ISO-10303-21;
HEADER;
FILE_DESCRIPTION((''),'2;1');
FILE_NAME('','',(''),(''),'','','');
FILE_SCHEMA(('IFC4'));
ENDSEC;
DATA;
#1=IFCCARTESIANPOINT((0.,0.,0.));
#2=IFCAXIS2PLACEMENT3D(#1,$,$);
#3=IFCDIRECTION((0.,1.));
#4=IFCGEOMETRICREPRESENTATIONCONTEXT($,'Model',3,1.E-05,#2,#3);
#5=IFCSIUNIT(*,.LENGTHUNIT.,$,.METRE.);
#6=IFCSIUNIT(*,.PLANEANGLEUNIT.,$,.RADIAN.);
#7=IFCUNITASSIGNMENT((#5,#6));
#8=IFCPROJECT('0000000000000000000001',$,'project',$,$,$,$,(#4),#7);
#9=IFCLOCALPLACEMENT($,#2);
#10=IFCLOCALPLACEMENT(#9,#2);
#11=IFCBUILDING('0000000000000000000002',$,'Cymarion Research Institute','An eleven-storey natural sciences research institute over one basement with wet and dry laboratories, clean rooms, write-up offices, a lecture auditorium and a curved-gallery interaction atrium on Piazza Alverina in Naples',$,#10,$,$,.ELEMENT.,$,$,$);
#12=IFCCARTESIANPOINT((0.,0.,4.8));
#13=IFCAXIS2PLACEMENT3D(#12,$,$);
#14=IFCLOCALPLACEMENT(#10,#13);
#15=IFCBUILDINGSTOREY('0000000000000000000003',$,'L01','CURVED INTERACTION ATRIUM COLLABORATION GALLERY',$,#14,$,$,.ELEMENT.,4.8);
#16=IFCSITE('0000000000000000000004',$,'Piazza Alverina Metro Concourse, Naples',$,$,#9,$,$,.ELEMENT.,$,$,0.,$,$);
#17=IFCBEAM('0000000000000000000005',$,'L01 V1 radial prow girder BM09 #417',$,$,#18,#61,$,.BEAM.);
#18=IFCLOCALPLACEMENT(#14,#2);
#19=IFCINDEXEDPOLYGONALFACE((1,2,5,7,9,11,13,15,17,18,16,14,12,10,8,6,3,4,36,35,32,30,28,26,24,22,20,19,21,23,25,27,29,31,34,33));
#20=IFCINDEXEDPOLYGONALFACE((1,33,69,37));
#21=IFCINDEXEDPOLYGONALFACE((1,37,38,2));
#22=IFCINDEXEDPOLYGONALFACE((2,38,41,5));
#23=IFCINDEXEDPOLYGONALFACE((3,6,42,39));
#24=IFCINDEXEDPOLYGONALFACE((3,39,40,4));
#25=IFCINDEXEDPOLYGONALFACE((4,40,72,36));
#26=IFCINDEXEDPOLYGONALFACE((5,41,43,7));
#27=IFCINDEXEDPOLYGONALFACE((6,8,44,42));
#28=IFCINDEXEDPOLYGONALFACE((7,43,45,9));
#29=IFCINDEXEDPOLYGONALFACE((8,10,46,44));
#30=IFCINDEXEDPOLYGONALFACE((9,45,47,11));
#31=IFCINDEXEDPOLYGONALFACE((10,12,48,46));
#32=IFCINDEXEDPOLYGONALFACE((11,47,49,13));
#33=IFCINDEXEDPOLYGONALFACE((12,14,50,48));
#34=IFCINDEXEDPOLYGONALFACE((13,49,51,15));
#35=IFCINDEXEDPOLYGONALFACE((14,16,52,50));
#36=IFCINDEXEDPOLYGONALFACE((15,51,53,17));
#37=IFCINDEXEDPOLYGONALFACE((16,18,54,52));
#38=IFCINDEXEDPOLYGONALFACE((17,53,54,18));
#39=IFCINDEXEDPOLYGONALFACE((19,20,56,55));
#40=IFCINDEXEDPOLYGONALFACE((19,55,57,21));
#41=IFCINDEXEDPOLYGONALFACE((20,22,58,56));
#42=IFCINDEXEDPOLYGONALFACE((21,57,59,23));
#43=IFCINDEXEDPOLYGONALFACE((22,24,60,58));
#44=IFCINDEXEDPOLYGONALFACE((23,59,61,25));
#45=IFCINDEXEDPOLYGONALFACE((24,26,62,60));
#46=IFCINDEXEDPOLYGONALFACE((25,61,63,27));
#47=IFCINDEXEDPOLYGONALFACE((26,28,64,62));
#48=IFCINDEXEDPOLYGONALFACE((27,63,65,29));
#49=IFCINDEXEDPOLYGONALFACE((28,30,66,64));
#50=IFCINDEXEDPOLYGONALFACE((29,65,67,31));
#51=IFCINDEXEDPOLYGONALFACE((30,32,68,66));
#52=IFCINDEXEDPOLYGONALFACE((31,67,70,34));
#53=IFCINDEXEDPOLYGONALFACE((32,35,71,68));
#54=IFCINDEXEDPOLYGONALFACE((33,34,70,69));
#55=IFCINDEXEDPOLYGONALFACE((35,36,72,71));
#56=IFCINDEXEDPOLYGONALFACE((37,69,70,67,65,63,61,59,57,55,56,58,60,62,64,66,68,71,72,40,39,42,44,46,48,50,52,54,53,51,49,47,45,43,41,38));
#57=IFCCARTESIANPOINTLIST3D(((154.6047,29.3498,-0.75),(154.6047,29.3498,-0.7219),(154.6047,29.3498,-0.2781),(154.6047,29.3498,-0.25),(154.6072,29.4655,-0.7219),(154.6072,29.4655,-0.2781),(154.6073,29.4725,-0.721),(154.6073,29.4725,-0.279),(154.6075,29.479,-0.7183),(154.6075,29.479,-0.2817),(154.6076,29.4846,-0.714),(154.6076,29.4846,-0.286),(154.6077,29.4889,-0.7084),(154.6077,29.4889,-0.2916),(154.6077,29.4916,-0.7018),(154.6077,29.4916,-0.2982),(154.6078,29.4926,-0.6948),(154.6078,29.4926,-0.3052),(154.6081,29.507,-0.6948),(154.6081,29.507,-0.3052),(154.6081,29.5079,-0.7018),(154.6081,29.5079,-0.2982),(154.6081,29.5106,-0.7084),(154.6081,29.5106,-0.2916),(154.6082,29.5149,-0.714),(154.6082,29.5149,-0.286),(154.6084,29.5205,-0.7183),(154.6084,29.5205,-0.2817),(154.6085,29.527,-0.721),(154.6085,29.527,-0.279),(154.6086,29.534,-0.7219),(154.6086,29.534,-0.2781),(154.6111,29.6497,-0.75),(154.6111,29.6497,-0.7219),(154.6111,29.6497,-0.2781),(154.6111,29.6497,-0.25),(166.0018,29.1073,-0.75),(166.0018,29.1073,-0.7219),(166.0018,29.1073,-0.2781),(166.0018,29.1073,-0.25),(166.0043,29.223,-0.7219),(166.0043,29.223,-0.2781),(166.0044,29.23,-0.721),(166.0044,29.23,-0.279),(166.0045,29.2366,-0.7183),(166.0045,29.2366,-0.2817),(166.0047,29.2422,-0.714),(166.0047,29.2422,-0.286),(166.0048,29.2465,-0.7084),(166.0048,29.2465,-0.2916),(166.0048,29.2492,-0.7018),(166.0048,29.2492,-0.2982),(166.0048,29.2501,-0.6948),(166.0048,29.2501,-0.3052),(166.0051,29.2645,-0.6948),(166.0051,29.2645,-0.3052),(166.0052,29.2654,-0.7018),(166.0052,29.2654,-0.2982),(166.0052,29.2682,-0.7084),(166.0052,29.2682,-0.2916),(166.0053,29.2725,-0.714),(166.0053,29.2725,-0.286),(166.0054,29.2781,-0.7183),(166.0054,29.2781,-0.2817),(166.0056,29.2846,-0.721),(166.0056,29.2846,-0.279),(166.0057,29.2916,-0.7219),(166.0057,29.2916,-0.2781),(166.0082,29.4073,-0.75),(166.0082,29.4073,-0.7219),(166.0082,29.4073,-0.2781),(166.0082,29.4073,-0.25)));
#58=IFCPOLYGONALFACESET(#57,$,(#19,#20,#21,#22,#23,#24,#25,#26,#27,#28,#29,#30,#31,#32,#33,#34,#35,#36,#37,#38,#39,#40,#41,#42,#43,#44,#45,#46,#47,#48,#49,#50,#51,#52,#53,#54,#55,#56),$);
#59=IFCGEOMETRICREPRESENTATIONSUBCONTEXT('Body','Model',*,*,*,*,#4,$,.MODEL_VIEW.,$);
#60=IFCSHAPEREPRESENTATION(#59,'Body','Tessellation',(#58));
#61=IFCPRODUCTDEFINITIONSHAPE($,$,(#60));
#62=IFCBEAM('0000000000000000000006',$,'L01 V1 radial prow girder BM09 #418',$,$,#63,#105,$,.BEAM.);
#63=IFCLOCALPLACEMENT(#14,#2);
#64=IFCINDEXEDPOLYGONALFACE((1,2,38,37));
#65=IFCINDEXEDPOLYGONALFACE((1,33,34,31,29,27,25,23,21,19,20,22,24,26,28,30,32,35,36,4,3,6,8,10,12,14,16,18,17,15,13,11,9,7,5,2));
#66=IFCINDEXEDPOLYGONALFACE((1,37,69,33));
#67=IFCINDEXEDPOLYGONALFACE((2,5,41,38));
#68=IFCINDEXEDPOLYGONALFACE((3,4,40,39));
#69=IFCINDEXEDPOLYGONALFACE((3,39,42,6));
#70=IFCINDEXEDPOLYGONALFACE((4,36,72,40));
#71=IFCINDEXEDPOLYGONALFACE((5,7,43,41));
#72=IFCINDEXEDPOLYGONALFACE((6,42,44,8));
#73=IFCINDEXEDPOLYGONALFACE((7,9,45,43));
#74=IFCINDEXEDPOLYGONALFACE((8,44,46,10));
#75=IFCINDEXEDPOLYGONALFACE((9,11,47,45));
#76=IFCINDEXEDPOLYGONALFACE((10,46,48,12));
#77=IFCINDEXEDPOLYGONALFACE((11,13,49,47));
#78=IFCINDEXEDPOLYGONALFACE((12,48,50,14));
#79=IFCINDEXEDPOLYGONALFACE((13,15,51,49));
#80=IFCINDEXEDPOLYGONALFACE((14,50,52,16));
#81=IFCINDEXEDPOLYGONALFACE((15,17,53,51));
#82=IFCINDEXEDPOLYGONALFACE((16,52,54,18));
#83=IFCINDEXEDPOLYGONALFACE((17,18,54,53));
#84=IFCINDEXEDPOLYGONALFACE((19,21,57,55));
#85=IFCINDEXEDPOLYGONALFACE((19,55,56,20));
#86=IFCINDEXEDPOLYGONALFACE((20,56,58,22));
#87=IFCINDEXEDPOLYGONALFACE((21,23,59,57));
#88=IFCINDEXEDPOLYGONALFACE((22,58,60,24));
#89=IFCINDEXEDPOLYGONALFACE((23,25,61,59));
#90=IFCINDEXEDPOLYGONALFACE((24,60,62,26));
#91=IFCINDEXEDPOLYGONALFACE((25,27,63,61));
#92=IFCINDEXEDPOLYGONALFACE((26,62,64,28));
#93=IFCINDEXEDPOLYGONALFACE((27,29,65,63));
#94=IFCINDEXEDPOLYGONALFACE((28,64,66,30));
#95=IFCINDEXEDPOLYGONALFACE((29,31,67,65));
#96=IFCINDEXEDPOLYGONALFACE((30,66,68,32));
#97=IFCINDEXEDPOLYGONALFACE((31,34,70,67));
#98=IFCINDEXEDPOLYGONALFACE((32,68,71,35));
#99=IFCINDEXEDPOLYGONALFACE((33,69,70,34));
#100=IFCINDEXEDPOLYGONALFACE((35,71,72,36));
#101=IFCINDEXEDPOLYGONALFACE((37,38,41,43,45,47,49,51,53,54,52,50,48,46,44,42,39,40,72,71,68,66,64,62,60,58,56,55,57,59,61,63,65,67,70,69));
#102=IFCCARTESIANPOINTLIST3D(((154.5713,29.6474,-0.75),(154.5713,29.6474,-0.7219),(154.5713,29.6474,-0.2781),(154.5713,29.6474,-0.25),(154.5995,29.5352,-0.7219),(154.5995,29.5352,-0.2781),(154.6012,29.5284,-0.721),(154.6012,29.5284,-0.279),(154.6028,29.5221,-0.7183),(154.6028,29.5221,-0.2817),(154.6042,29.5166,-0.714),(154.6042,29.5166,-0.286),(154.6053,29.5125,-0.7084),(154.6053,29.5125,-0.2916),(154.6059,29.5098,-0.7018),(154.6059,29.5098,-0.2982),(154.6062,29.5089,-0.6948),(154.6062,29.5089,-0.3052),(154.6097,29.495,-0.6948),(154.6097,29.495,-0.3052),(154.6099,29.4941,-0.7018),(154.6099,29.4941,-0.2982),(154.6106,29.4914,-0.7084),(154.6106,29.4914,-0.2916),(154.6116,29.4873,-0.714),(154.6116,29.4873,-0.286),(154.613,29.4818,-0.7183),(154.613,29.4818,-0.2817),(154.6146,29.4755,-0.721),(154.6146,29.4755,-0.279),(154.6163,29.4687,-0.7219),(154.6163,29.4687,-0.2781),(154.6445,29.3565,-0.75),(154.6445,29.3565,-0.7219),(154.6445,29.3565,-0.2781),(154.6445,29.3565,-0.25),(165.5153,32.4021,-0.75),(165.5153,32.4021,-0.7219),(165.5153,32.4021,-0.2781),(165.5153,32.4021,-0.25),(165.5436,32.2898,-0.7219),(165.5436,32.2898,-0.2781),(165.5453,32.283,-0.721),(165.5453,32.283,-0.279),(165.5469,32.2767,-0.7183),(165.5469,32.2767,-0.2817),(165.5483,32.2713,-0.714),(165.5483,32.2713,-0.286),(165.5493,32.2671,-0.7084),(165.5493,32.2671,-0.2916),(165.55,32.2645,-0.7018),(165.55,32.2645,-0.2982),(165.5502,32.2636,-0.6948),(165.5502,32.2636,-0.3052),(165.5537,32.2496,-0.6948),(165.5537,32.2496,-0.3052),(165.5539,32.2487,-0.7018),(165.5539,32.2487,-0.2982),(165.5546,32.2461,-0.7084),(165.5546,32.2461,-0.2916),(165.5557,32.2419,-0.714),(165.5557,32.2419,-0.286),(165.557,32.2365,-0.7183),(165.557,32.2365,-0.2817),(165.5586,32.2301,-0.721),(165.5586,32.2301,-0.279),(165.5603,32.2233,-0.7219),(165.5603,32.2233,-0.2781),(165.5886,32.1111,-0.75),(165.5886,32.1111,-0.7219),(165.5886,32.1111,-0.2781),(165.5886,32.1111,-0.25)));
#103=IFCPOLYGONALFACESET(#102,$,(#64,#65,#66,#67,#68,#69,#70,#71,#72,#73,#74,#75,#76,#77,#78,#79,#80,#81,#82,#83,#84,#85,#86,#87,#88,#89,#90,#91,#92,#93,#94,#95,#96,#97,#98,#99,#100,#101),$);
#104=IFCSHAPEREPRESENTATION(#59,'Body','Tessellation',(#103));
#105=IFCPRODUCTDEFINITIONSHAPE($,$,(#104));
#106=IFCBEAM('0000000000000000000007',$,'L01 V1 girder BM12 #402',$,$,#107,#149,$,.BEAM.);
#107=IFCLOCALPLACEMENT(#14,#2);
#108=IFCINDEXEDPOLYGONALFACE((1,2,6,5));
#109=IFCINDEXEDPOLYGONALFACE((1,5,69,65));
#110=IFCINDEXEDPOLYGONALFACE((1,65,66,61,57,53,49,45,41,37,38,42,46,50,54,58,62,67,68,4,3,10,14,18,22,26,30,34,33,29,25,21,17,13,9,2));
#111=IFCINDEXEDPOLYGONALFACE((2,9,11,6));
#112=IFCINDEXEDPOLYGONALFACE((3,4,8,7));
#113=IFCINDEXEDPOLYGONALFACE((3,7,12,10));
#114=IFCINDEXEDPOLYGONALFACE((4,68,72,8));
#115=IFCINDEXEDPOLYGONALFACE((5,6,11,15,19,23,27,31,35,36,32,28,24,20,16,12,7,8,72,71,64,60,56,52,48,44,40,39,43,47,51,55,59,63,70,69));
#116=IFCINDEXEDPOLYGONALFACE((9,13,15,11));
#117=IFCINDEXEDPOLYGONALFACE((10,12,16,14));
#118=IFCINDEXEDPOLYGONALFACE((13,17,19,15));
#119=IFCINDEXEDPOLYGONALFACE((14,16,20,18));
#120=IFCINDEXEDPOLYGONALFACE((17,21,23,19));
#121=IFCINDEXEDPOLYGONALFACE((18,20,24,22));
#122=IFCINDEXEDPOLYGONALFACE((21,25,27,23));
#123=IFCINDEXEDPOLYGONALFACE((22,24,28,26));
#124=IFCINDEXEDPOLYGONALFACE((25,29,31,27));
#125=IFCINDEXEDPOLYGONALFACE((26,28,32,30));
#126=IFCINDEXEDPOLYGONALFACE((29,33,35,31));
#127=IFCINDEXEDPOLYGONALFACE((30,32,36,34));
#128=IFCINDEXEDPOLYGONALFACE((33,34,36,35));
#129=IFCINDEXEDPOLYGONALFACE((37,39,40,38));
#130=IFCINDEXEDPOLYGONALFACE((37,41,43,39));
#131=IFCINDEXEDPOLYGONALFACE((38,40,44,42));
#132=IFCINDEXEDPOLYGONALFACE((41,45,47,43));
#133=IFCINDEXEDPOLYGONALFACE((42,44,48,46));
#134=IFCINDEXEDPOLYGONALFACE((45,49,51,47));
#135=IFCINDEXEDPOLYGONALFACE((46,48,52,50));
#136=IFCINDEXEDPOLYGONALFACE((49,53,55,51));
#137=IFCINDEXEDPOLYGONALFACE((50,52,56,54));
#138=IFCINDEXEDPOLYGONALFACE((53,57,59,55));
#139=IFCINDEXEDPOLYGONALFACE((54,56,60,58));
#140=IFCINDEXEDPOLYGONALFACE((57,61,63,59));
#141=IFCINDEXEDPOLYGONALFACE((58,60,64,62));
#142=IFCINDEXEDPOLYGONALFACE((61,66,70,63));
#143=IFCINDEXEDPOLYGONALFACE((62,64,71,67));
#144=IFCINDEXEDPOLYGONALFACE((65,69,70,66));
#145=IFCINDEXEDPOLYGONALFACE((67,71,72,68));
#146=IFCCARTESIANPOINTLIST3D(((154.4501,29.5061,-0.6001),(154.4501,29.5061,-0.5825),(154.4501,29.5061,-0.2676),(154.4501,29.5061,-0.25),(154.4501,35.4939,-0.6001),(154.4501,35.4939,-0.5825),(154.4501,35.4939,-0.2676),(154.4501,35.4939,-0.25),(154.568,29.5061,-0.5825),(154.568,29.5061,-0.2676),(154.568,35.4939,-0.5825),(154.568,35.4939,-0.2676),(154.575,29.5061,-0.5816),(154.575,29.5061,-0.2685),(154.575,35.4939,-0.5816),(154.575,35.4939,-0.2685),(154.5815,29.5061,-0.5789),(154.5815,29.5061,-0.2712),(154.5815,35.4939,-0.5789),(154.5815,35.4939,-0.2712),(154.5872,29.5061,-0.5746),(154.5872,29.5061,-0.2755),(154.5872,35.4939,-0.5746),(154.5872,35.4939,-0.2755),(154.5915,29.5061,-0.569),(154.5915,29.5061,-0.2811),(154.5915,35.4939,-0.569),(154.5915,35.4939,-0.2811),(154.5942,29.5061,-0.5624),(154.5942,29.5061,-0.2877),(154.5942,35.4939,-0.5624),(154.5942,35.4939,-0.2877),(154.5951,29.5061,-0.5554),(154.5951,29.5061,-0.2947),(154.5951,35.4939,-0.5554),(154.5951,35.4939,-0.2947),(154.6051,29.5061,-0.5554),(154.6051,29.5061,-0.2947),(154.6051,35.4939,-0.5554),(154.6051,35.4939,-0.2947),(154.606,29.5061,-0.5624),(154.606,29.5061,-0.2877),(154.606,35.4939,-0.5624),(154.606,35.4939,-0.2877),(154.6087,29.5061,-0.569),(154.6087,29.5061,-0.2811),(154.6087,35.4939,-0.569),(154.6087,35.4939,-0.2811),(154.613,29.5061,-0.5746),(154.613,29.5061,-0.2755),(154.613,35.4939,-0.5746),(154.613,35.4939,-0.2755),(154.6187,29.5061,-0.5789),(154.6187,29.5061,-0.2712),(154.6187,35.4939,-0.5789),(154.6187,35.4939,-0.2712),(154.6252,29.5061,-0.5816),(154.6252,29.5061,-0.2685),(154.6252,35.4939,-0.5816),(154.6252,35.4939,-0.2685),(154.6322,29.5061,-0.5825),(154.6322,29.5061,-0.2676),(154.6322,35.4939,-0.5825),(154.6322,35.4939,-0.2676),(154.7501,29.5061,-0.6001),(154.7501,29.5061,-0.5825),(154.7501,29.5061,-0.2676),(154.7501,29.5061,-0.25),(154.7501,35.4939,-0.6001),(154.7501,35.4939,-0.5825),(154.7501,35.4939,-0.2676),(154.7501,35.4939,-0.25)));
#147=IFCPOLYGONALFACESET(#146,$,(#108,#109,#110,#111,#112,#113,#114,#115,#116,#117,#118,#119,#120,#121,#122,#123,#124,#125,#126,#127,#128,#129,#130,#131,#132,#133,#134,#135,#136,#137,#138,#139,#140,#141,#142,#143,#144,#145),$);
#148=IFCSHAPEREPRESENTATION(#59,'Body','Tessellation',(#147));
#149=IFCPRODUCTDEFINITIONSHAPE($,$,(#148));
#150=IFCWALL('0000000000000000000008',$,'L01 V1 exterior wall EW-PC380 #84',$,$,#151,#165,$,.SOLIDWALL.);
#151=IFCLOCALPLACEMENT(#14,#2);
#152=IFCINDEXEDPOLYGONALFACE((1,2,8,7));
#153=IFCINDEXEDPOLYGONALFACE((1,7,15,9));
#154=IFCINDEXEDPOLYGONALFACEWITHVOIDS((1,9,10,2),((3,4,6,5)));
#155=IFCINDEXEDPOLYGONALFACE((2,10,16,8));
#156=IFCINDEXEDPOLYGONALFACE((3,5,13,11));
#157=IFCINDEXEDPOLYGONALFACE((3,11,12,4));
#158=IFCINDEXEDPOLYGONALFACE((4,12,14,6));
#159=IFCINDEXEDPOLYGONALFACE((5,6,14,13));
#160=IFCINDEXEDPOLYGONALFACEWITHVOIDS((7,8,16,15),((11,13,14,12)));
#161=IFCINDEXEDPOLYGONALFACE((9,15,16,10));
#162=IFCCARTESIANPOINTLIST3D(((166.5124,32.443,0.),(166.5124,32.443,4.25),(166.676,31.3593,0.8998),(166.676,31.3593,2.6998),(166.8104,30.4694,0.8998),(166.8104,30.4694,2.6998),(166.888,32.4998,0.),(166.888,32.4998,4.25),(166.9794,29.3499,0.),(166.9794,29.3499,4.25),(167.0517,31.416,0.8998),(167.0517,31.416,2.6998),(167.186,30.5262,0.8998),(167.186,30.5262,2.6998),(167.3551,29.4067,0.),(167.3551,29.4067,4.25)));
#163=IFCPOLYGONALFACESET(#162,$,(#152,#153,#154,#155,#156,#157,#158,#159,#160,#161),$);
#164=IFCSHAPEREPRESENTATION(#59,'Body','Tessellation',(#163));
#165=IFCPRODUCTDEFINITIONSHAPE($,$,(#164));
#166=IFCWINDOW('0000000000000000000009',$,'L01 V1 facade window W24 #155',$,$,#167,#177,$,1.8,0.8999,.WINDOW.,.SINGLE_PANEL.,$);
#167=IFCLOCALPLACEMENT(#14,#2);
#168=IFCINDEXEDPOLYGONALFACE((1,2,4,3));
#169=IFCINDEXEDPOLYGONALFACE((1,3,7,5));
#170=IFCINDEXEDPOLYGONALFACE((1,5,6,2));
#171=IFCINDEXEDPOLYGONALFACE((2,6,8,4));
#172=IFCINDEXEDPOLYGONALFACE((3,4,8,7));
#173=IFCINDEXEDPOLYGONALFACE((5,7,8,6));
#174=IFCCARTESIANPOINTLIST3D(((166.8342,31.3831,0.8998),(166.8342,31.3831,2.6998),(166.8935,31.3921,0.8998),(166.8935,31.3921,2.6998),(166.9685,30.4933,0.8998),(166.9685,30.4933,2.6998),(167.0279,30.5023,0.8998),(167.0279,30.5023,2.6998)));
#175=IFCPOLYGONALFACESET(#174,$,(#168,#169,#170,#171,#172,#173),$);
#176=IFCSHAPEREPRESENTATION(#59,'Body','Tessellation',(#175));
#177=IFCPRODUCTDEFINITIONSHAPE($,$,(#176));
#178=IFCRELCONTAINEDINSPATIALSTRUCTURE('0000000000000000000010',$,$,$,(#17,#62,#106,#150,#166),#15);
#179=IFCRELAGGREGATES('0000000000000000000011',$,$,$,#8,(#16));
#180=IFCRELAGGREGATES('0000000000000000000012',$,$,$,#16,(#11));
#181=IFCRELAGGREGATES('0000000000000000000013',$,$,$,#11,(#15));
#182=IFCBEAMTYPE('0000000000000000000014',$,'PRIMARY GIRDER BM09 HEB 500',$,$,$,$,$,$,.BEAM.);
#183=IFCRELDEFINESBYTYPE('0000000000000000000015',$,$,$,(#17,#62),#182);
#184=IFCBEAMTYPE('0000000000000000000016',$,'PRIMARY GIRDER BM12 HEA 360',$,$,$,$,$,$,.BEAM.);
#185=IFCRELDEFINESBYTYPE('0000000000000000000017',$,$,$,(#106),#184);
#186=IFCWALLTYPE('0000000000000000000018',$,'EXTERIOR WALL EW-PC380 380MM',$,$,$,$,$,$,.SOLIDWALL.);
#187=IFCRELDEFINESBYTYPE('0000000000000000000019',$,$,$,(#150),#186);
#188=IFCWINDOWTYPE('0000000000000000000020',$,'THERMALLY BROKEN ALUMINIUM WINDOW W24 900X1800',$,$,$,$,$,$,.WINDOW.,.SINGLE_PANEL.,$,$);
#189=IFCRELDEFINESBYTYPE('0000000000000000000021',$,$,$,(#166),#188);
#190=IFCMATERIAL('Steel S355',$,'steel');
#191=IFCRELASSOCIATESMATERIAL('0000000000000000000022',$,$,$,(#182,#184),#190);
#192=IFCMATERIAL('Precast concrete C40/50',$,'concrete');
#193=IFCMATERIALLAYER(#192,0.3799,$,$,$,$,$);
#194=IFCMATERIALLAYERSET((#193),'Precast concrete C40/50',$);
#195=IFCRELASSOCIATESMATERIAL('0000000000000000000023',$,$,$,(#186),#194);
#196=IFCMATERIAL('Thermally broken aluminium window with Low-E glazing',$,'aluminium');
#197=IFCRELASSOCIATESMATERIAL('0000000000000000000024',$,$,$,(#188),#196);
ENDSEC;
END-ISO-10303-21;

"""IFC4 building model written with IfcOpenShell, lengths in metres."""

from ifc_helpers import new_model, si_unit, direction, frame, frame_2d, origin, origin_2d, place, context, subcontext, project, spatial, rectangle, i_section, extrude, material, layer, layer_set, material_profile, profile_set, type_object, element, fill, save


model = new_model("IFC4")

# Units and contexts
model_context = context("Model", 3, precision=1e-05, world=origin(), true_north=direction((0.0, 1.0)))
body_context = subcontext(model_context, "Body", "Model", "MODEL_VIEW")
ifc_project = project(units=[si_unit("LENGTHUNIT", "METRE"), si_unit("PLANEANGLEUNIT", "RADIAN")], contexts=[model_context])

# Site, building, storey
site_placement = place(None, origin())
site = spatial("IfcSite", under=ifc_project, at=site_placement, Name="Piazza Alverina Metro Concourse, Naples", CompositionType="ELEMENT", RefElevation=0.0)
building_placement = place(site_placement, origin())
building = spatial("IfcBuilding", under=site, at=building_placement, Name="Cymarion Research Institute", Description="An eleven-storey natural sciences research institute over one basement with wet and dry laboratories, clean rooms, write-up offices, a lecture auditorium and a curved-gallery interaction atrium on Piazza Alverina in Naples", CompositionType="ELEMENT")
storey_placement = place(building_placement, frame((0.0, 0.0, 4.8)))
storey = spatial("IfcBuildingStorey", under=building, at=storey_placement, Name="L01", Description="CURVED INTERACTION ATRIUM COLLABORATION GALLERY", CompositionType="ELEMENT", Elevation=4.8)

# Shared definitions
ifc_material_1 = material(Name="Steel S355", Category="steel")

# Beams
ifc_material_profile_1 = material_profile(ifc_material_1, i_section(OverallWidth=0.3, OverallDepth=0.5, WebThickness=0.0144, FlangeThickness=0.0281, FilletRadius=0.0271, at=origin_2d()), Name="HEB 500")
ifc_profile_set_1 = profile_set([ifc_material_profile_1], Name="Steel S355")
beam_type_1 = type_object("IfcBeamType", Name="PRIMARY GIRDER BM09 HEB 500", PredefinedType="BEAM", material=ifc_profile_set_1)
beam_1_placement = place(storey_placement, frame((154.6079, 29.4998, -0.5), z_axis=(0.999774, -0.021267, 0.0), x_axis=(0.021267, 0.999774, 0.0)))
element("IfcBeam", 1, at=beam_1_placement, inside=storey, type_object=beam_type_1, Name="L01 V1 radial prow girder BM09 #417", PredefinedType="BEAM", context=body_context, shape_type="SweptSolid", body=[
    extrude(i_section(OverallWidth=0.3, OverallDepth=0.5, WebThickness=0.0144, FlangeThickness=0.0281, FilletRadius=0.0271, at=origin_2d()), origin(), (0.0, 0.0, 1.0), 11.3997),
])
beam_2_placement = place(storey_placement, frame((154.6079, 29.502, -0.5), z_axis=(0.969753, 0.244088, 0.0), x_axis=(-0.244088, 0.969753, 0.0)))
element("IfcBeam", 2, at=beam_2_placement, inside=storey, type_object=beam_type_1, Name="L01 V1 radial prow girder BM09 #418", PredefinedType="BEAM", context=body_context, shape_type="SweptSolid", body=[
    extrude(i_section(OverallWidth=0.3, OverallDepth=0.5, WebThickness=0.0144, FlangeThickness=0.0281, FilletRadius=0.0271, at=origin_2d()), origin(), (0.0, 0.0, 1.0), 11.2854),
])
ifc_material_profile_2 = material_profile(ifc_material_1, i_section(OverallWidth=0.3, OverallDepth=0.3501, WebThickness=0.01, FlangeThickness=0.0176, FilletRadius=0.0271, at=origin_2d()), Name="HEA 360")
ifc_profile_set_2 = profile_set([ifc_material_profile_2], Name="Steel S355")
beam_type_2 = type_object("IfcBeamType", Name="PRIMARY GIRDER BM12 HEA 360", PredefinedType="BEAM", material=ifc_profile_set_2)
beam_3_placement = place(storey_placement, frame((154.6001, 29.5061, -0.425), z_axis=(0.0, 1.0, 0.0), x_axis=(-1.0, 0.0, 0.0)))
element("IfcBeam", 3, at=beam_3_placement, inside=storey, type_object=beam_type_2, Name="L01 V1 girder BM12 #402", PredefinedType="BEAM", context=body_context, shape_type="SweptSolid", body=[
    extrude(i_section(OverallWidth=0.3, OverallDepth=0.3501, WebThickness=0.01, FlangeThickness=0.0176, FilletRadius=0.0271, at=origin_2d()), origin(), (0.0, 0.0, 1.0), 5.9878),
])

# Wall, opening, window
ifc_material_2 = material(Name="Precast concrete C40/50", Category="concrete")
ifc_layer_1 = layer(ifc_material_2, 0.3799)
ifc_layer_set_1 = layer_set([ifc_layer_1], Name="Precast concrete C40/50")
wall_type_1 = type_object("IfcWallType", Name="EXTERIOR WALL EW-PC380 380MM", PredefinedType="SOLIDWALL", material=ifc_layer_set_1)
wall_1_placement = place(storey_placement, frame((167.1672, 29.3784, 0.0), z_axis=(0.0, 0.0, 1.0), x_axis=(-0.149306, 0.988791, 0.0)))
wall_1 = element("IfcWall", 4, at=wall_1_placement, inside=storey, type_object=wall_type_1, Name="L01 V1 exterior wall EW-PC380 #84", PredefinedType="SOLIDWALL", context=body_context, shape_type="SweptSolid", body=[
    extrude(rectangle(XDim=3.1282, YDim=0.3799, at=frame_2d((1.564, 0.0))), origin(), (0.0, 0.0, 1.0), 4.25),
])
opening_1_placement = place(wall_1_placement, frame((1.1321, 0.0, 0.8999)))
opening_1 = element("IfcOpeningElement", 5, at=opening_1_placement, cuts=wall_1, PredefinedType="OPENING", context=body_context, shape_type="SweptSolid", body=[
    extrude(rectangle(XDim=0.8999, YDim=1.8, at=frame_2d((0.45, 0.8999))), frame((0.0, 0.2, 0.0), z_axis=(0.0, -1.0, 0.0), x_axis=(1.0, 0.0, 0.0)), (0.0, 0.0, 1.0), 0.3999),
])
ifc_material_3 = material(Name="Thermally broken aluminium window with Low-E glazing", Category="aluminium")
window_type = type_object("IfcWindowType", Name="THERMALLY BROKEN ALUMINIUM WINDOW W24 900X1800", PartitioningType="SINGLE_PANEL", PredefinedType="WINDOW", material=ifc_material_3)
window_1_placement = place(opening_1_placement, origin())
window_1 = element("IfcWindow", 6, at=window_1_placement, inside=storey, type_object=window_type, Name="L01 V1 facade window W24 #155", OverallHeight=1.8, OverallWidth=0.8999, PartitioningType="SINGLE_PANEL", PredefinedType="WINDOW", context=body_context, shape_type="SweptSolid", body=[
    extrude(rectangle(XDim=0.8999, YDim=1.8, at=frame_2d((0.45, 0.8999))), frame((0.0, 0.03, 0.0), z_axis=(0.0, -1.0, 0.0), x_axis=(1.0, 0.0, 0.0)), (0.0, 0.0, 1.0), 0.0601),
])
fill(opening_1, window_1)

save(model, "model.ifc")
